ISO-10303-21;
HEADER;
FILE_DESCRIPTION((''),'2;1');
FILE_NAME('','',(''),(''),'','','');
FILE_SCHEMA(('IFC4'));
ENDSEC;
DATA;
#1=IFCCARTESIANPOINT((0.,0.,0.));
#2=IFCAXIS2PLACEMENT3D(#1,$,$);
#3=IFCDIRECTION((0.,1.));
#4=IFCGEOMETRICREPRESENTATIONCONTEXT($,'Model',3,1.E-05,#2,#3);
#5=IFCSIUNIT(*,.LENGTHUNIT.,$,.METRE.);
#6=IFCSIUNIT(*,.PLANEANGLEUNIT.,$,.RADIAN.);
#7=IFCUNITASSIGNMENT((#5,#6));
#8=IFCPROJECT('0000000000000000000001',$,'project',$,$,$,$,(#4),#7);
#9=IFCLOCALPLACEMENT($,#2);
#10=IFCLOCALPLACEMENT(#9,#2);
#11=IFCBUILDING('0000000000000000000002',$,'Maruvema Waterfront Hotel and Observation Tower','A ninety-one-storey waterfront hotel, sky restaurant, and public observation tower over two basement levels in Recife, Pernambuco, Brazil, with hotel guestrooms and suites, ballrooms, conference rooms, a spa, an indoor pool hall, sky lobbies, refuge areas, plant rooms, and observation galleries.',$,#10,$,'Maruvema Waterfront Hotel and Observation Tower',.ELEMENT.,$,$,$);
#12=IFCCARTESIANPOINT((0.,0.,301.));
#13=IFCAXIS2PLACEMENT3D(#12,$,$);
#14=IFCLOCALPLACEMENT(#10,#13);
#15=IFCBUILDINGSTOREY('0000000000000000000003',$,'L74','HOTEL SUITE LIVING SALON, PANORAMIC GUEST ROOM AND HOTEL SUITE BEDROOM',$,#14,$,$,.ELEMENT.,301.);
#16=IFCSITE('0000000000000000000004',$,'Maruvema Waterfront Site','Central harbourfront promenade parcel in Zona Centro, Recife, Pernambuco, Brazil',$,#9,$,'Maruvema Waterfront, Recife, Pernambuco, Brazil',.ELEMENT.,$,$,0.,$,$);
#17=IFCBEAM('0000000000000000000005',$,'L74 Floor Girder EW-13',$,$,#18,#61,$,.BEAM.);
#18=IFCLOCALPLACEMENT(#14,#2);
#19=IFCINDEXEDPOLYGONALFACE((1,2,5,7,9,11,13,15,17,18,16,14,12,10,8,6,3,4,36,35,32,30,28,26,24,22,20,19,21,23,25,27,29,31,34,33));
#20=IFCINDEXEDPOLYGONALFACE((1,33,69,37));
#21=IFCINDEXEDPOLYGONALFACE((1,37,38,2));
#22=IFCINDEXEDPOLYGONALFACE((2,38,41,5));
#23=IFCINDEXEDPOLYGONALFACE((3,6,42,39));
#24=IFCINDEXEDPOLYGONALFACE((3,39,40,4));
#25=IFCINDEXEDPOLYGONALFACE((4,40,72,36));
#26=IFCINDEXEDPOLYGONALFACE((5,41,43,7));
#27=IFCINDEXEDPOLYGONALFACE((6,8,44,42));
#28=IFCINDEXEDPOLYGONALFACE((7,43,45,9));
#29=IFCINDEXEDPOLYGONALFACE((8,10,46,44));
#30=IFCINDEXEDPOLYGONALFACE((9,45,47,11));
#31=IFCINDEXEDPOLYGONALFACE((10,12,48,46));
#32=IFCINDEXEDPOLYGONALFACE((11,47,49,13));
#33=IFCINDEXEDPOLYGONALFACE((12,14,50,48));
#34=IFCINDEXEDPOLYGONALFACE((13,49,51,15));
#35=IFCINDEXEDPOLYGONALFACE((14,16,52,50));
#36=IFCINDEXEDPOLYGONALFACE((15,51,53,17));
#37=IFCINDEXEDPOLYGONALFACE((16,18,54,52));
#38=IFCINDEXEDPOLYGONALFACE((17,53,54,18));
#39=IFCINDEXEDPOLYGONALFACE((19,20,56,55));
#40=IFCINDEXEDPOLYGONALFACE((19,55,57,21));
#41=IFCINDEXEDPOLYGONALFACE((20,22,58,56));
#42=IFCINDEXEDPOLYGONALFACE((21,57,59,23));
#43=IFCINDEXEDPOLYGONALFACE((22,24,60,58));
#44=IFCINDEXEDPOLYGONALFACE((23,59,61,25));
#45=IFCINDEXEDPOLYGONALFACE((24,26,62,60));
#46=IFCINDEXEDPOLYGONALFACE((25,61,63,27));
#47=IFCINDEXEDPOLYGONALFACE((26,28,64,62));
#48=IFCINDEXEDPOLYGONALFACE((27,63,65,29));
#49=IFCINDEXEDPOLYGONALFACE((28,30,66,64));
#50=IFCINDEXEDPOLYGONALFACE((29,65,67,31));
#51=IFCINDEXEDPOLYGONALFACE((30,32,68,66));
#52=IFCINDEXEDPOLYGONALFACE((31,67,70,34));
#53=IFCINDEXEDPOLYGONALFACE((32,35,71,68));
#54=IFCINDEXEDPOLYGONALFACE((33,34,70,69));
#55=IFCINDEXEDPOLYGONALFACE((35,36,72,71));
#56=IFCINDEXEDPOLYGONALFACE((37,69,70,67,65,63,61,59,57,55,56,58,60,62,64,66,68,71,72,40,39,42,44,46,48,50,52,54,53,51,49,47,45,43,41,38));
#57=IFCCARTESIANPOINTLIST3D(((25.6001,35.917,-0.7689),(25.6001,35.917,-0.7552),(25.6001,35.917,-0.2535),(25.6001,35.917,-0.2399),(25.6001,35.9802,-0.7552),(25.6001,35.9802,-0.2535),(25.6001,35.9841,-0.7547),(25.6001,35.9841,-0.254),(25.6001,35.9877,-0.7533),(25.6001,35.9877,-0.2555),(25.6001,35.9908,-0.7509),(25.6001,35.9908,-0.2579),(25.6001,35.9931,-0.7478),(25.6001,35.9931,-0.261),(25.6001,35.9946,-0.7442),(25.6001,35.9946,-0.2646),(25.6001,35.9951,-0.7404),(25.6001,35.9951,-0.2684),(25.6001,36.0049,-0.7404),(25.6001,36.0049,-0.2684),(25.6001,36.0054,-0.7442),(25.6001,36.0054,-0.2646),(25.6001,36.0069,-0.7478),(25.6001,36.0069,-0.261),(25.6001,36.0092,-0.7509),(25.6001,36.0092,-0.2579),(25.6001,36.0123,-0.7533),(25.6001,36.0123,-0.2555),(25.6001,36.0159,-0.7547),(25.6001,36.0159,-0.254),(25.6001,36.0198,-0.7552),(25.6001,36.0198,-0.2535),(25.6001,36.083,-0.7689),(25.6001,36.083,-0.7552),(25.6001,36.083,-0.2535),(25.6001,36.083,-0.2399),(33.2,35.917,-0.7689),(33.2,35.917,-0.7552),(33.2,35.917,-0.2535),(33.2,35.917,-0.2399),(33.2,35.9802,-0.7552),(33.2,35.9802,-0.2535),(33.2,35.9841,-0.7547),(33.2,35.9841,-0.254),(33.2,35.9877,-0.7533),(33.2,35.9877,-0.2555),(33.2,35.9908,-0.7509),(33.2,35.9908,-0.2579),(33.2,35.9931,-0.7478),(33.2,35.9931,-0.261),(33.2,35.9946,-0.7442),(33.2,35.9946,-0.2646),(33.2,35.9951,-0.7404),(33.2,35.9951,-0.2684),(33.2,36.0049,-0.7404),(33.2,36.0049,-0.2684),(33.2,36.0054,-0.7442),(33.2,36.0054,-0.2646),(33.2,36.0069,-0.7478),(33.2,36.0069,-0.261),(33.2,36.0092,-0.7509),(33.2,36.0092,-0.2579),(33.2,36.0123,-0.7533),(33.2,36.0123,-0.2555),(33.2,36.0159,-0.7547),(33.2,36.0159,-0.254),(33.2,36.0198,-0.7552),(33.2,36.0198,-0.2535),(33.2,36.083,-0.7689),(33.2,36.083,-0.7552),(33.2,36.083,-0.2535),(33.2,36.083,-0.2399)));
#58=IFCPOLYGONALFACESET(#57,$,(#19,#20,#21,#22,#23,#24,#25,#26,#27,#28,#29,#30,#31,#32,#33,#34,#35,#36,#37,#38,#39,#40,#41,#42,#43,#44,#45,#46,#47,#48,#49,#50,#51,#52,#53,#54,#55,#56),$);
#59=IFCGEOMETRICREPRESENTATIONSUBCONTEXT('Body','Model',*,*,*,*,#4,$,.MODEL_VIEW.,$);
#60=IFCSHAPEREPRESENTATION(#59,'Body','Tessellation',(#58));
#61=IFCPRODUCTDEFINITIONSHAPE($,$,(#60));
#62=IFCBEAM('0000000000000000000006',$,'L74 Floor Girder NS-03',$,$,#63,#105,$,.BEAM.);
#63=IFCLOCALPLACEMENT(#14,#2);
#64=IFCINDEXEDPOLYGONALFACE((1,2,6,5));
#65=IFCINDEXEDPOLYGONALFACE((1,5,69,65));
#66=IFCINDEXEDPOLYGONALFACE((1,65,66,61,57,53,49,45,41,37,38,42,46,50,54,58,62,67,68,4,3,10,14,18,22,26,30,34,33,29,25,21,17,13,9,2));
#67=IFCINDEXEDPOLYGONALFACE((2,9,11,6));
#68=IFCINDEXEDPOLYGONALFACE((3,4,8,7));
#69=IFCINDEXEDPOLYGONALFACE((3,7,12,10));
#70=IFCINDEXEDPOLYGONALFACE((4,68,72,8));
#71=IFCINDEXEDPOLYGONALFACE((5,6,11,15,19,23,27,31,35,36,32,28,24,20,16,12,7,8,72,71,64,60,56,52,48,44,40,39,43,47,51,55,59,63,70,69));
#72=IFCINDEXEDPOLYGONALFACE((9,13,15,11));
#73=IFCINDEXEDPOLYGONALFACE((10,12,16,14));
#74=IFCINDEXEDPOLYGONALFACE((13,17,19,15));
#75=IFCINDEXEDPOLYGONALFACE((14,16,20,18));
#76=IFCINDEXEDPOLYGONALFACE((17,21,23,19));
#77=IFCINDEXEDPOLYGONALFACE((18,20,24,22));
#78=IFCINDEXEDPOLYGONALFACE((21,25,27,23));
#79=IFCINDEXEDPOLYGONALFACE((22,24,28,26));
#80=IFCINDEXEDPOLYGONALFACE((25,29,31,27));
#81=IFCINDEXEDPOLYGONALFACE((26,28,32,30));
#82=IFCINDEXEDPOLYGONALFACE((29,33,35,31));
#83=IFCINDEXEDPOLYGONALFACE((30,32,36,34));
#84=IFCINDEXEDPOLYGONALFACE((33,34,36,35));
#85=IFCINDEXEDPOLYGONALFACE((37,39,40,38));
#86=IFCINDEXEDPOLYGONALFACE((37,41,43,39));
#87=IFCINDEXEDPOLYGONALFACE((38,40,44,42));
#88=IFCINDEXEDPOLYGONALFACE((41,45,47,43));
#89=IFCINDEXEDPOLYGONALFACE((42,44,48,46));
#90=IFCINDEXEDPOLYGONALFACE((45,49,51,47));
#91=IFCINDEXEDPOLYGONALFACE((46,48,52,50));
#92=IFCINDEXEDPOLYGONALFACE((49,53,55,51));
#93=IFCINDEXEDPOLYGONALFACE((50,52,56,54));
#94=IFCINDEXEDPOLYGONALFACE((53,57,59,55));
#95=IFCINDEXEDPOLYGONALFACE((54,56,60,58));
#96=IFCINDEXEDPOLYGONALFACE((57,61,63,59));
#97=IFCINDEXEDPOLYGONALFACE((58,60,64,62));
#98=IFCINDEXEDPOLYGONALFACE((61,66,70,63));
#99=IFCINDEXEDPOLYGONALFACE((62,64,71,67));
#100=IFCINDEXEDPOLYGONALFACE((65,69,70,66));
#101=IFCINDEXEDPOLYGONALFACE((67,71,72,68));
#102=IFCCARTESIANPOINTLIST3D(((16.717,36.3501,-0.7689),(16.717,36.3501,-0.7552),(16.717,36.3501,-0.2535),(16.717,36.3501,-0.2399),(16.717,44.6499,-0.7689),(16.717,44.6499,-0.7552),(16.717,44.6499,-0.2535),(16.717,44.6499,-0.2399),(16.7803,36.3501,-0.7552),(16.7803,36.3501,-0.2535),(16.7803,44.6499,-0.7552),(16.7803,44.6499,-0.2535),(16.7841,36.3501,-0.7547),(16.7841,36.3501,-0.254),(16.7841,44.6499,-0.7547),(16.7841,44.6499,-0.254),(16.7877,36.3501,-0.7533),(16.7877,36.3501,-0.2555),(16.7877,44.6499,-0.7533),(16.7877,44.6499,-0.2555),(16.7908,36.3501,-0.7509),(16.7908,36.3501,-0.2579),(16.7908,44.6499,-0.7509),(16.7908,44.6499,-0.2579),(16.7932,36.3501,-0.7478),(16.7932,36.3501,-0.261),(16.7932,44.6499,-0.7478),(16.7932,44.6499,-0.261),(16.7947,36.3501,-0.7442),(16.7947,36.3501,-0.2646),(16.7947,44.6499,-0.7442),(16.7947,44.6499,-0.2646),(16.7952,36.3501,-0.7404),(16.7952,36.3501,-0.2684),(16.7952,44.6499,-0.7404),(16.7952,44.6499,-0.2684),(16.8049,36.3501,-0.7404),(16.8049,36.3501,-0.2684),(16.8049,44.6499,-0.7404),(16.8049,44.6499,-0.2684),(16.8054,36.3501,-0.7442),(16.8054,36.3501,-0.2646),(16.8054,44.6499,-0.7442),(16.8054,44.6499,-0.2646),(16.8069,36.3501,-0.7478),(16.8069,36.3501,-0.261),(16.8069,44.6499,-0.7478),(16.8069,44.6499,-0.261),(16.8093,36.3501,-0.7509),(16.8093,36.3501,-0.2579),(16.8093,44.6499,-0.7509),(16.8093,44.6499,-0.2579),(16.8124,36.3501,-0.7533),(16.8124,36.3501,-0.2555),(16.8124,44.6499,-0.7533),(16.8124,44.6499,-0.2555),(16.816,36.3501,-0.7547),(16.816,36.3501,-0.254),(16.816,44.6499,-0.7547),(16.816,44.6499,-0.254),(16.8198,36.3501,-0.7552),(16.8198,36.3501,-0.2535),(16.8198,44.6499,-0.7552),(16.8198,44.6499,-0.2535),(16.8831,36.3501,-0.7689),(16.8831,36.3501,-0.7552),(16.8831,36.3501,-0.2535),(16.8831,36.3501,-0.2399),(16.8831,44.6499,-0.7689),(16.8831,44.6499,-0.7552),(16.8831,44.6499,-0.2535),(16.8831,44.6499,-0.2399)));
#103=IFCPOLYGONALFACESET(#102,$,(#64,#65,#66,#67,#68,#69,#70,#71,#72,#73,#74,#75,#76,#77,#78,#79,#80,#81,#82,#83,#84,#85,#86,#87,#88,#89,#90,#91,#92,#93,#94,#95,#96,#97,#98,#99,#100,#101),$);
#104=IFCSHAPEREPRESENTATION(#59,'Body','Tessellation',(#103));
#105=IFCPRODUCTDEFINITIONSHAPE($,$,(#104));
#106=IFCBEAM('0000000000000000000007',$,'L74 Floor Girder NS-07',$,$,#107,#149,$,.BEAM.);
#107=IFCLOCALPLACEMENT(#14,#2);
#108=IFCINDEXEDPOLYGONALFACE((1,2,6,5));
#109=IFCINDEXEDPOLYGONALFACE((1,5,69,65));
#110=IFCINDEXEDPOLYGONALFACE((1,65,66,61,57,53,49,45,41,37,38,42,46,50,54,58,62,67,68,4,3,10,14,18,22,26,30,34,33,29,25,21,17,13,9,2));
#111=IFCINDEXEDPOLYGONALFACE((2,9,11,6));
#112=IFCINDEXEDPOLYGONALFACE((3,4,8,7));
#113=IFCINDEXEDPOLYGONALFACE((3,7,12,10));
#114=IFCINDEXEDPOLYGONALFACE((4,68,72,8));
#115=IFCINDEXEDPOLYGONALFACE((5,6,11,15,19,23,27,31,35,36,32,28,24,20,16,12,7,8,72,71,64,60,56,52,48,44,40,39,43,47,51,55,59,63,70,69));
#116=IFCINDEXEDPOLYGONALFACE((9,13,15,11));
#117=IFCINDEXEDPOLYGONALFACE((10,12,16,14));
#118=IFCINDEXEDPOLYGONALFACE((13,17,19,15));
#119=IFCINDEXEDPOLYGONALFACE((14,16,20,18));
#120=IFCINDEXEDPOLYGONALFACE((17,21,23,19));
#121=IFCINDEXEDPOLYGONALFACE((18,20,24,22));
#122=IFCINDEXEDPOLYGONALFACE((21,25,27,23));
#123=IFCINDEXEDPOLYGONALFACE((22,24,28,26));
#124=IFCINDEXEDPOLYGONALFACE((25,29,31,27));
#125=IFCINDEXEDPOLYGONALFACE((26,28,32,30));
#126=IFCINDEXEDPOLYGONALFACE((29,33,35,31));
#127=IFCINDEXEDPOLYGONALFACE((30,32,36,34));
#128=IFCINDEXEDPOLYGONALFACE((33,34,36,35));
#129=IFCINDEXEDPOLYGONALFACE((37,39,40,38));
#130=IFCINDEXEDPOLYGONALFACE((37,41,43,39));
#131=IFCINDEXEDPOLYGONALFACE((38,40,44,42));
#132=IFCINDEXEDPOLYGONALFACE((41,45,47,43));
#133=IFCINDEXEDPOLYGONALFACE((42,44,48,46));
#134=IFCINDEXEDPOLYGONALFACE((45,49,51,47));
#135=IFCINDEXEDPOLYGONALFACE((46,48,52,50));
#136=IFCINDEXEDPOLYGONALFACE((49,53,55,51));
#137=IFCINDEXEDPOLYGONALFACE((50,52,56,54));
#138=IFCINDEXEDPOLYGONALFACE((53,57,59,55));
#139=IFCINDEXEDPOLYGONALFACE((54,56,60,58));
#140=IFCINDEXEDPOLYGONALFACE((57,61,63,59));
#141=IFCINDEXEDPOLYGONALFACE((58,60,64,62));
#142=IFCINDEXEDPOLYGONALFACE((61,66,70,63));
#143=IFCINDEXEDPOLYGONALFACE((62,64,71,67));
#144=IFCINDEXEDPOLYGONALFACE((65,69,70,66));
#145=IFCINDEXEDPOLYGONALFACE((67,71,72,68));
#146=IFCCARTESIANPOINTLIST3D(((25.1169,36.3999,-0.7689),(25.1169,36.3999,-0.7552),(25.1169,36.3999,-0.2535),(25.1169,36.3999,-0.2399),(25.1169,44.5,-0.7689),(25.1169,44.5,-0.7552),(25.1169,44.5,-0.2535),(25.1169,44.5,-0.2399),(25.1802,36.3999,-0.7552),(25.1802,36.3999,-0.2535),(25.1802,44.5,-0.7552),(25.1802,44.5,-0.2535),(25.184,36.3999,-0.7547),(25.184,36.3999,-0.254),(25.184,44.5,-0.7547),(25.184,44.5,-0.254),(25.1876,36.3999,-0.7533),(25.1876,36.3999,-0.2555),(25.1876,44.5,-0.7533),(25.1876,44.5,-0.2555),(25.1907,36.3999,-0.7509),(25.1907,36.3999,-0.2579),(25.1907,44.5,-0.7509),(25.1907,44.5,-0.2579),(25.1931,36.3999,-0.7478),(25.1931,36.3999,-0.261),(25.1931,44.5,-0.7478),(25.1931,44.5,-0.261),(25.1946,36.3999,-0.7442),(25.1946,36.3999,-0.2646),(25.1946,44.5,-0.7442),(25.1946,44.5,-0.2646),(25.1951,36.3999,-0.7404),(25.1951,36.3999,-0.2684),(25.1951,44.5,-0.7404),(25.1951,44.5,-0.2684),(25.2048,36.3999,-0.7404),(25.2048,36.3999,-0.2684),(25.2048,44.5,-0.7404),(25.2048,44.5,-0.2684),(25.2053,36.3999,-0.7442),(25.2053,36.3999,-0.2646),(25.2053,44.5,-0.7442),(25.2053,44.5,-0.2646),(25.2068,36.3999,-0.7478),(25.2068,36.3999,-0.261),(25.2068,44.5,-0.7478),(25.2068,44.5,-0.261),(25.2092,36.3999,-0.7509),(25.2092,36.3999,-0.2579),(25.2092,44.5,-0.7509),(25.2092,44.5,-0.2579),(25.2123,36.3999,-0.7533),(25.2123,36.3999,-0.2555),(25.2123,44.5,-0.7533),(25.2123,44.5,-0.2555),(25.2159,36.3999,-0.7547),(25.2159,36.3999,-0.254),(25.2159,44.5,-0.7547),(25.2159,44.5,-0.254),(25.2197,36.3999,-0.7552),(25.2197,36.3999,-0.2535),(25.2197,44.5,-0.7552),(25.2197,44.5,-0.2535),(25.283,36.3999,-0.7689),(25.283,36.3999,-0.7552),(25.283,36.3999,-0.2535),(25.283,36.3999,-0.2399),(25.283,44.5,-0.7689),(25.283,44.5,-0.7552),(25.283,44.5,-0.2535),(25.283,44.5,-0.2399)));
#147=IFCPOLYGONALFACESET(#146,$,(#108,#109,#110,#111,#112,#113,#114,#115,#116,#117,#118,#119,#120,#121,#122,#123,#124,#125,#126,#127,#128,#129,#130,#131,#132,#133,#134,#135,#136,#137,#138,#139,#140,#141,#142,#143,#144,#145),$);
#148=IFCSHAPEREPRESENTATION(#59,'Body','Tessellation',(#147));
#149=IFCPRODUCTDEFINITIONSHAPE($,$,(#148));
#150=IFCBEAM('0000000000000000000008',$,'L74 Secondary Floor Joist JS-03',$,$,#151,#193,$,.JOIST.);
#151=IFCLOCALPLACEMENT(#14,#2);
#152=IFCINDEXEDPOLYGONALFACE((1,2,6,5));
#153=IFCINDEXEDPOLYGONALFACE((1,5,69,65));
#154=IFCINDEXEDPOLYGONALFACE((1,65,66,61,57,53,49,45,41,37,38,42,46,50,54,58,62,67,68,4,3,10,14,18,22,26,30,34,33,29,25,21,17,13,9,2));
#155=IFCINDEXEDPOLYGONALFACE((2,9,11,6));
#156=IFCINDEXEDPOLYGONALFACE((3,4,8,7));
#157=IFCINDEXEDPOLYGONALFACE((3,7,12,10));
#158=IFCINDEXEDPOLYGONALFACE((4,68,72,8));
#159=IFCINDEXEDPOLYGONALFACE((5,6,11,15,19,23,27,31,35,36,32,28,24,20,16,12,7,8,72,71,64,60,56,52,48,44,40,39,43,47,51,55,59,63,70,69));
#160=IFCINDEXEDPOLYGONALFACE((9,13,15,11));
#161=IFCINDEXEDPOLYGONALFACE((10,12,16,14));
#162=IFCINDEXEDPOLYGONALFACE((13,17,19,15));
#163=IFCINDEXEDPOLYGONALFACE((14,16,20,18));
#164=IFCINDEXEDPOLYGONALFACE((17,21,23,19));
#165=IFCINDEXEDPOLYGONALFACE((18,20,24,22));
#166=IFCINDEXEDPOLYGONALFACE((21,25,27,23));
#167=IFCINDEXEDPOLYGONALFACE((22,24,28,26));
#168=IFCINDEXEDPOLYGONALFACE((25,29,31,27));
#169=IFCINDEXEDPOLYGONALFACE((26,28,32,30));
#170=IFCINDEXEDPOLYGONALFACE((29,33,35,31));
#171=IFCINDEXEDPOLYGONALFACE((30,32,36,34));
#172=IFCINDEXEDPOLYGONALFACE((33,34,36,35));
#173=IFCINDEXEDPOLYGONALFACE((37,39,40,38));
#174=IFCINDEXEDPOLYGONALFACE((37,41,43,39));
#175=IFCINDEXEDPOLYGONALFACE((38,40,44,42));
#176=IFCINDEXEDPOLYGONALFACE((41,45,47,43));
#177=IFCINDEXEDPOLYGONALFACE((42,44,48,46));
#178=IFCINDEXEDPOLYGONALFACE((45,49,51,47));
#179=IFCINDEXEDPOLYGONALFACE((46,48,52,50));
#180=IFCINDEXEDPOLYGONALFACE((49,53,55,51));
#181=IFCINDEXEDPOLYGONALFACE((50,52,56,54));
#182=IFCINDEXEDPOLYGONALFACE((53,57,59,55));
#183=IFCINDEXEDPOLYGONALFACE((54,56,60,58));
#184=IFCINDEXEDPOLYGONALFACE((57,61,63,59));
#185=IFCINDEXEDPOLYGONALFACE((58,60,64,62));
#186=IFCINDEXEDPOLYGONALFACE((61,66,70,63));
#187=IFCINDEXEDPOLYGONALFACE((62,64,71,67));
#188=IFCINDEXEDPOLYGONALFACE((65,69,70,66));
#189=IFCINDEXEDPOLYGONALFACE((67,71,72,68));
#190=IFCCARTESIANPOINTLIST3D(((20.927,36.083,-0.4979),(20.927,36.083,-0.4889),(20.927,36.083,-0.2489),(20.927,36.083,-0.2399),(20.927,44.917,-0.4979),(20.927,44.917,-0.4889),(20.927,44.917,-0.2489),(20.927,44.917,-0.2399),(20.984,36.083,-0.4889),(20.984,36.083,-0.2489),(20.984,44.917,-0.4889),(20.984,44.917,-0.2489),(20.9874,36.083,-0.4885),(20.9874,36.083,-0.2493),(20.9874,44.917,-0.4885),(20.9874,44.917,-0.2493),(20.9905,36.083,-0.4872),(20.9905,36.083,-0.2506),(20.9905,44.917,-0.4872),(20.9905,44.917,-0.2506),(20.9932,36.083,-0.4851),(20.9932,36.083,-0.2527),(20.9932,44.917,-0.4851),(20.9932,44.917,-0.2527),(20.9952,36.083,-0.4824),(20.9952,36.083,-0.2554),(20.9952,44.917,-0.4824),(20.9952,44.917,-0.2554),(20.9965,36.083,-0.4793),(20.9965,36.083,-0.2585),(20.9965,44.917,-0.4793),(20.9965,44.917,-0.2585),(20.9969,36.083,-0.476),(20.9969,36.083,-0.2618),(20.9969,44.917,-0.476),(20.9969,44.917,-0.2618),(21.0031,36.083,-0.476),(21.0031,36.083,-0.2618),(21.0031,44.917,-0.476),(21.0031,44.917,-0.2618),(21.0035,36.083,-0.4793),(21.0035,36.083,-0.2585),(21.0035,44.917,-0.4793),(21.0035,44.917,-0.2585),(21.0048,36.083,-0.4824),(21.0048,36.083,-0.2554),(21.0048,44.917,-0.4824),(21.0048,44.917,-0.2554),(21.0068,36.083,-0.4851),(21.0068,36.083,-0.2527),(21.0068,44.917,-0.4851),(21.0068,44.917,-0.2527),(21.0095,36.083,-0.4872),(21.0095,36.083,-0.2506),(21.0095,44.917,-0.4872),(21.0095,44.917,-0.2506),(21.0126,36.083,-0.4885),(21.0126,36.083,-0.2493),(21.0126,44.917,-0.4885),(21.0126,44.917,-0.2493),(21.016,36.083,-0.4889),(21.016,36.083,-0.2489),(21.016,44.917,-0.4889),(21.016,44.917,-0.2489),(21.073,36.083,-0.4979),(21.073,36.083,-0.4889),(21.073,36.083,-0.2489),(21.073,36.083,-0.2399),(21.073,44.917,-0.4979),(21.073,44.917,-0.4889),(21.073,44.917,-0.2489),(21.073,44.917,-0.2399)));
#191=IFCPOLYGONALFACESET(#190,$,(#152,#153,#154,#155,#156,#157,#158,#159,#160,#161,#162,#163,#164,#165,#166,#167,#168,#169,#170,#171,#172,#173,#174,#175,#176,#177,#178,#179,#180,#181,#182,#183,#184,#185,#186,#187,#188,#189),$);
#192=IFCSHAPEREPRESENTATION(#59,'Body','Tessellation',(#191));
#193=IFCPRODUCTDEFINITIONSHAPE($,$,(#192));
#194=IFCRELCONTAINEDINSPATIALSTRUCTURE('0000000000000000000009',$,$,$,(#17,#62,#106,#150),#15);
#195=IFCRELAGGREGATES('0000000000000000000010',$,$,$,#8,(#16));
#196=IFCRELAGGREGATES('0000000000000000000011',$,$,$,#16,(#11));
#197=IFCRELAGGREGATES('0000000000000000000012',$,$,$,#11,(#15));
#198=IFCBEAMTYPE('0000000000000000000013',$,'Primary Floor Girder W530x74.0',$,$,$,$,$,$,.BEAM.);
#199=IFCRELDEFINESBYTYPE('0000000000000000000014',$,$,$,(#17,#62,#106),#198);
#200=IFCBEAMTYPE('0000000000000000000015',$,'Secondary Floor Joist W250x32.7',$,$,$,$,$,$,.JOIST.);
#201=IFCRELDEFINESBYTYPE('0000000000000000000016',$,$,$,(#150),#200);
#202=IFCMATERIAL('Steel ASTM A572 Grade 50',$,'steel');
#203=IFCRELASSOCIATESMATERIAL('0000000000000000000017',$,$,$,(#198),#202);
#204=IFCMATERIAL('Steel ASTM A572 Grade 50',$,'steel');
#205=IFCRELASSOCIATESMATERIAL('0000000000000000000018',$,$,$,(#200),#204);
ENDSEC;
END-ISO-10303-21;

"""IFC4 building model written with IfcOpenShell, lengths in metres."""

from ifc_helpers import new_model, si_unit, direction, frame, origin, origin_2d, place, context, subcontext, project, spatial, i_section, extrude, material, material_profile, profile_set, type_object, element, save


model = new_model("IFC4")

# Units and contexts
model_context = context("Model", 3, precision=1e-05, world=origin(), true_north=direction((0.0, 1.0)))
body_context = subcontext(model_context, "Body", "Model", "MODEL_VIEW")
ifc_project = project(units=[si_unit("LENGTHUNIT", "METRE"), si_unit("PLANEANGLEUNIT", "RADIAN")], contexts=[model_context])

# Site, building, storey
site_placement = place(None, origin())
site = spatial("IfcSite", under=ifc_project, at=site_placement, Name="Maruvema Waterfront Site", Description="Central harbourfront promenade parcel in Zona Centro, Recife, Pernambuco, Brazil", LongName="Maruvema Waterfront, Recife, Pernambuco, Brazil", CompositionType="ELEMENT", RefElevation=0.0)
building_placement = place(site_placement, origin())
building = spatial("IfcBuilding", under=site, at=building_placement, Name="Maruvema Waterfront Hotel and Observation Tower", Description="A ninety-one-storey waterfront hotel, sky restaurant, and public observation tower over two basement levels in Recife, Pernambuco, Brazil, with hotel guestrooms and suites, ballrooms, conference rooms, a spa, an indoor pool hall, sky lobbies, refuge areas, plant rooms, and observation galleries.", LongName="Maruvema Waterfront Hotel and Observation Tower", CompositionType="ELEMENT")
storey_placement = place(building_placement, frame((0.0, 0.0, 301.0)))
storey = spatial("IfcBuildingStorey", under=building, at=storey_placement, Name="L74", Description="HOTEL SUITE LIVING SALON, PANORAMIC GUEST ROOM AND HOTEL SUITE BEDROOM", CompositionType="ELEMENT", Elevation=301.0)

# Beams
ifc_material_1 = material(Name="Steel ASTM A572 Grade 50", Category="steel")
ifc_material_profile_1 = material_profile(ifc_material_1, i_section(OverallWidth=0.166, OverallDepth=0.5291, WebThickness=0.0098, FlangeThickness=0.0137, FilletRadius=0.0149, at=origin_2d()), Name="W530x74.0")
ifc_profile_set_1 = profile_set([ifc_material_profile_1], Name="Steel ASTM A572 Grade 50")
beam_type_1 = type_object("IfcBeamType", Name="Primary Floor Girder W530x74.0", PredefinedType="BEAM", material=ifc_profile_set_1)
beam_1_placement = place(storey_placement, frame((25.6001, 36.0, -0.5044), z_axis=(1.0, 0.0, 0.0), x_axis=(0.0, 1.0, 0.0)))
element("IfcBeam", 1, at=beam_1_placement, inside=storey, type_object=beam_type_1, Name="L74 Floor Girder EW-13", PredefinedType="BEAM", context=body_context, shape_type="SweptSolid", body=[
    extrude(i_section(OverallWidth=0.166, OverallDepth=0.5291, WebThickness=0.0098, FlangeThickness=0.0137, FilletRadius=0.0149, at=origin_2d()), origin(), (0.0, 0.0, 1.0), 7.5999),
])
beam_2_placement = place(storey_placement, frame((16.8, 36.3501, -0.5044), z_axis=(0.0, 1.0, 0.0), x_axis=(-1.0, 0.0, 0.0)))
element("IfcBeam", 2, at=beam_2_placement, inside=storey, type_object=beam_type_1, Name="L74 Floor Girder NS-03", PredefinedType="BEAM", context=body_context, shape_type="SweptSolid", body=[
    extrude(i_section(OverallWidth=0.166, OverallDepth=0.5291, WebThickness=0.0098, FlangeThickness=0.0137, FilletRadius=0.0149, at=origin_2d()), origin(), (0.0, 0.0, 1.0), 8.2998),
])
beam_3_placement = place(storey_placement, frame((25.2, 36.3999, -0.5044), z_axis=(0.0, 1.0, 0.0), x_axis=(-1.0, 0.0, 0.0)))
element("IfcBeam", 3, at=beam_3_placement, inside=storey, type_object=beam_type_1, Name="L74 Floor Girder NS-07", PredefinedType="BEAM", context=body_context, shape_type="SweptSolid", body=[
    extrude(i_section(OverallWidth=0.166, OverallDepth=0.5291, WebThickness=0.0098, FlangeThickness=0.0137, FilletRadius=0.0149, at=origin_2d()), origin(), (0.0, 0.0, 1.0), 8.1001),
])
ifc_material_2 = material(Name="Steel ASTM A572 Grade 50", Category="steel")
ifc_material_profile_2 = material_profile(ifc_material_2, i_section(OverallWidth=0.146, OverallDepth=0.2581, WebThickness=0.0061, FlangeThickness=0.009, FilletRadius=0.0129, at=origin_2d()), Name="W250x32.7")
ifc_profile_set_2 = profile_set([ifc_material_profile_2], Name="Steel ASTM A572 Grade 50")
beam_type_2 = type_object("IfcBeamType", Name="Secondary Floor Joist W250x32.7", PredefinedType="JOIST", material=ifc_profile_set_2)
beam_4_placement = place(storey_placement, frame((21.0, 36.083, -0.3689), z_axis=(0.0, 1.0, 0.0), x_axis=(-1.0, 0.0, 0.0)))
element("IfcBeam", 4, at=beam_4_placement, inside=storey, type_object=beam_type_2, Name="L74 Secondary Floor Joist JS-03", PredefinedType="JOIST", context=body_context, shape_type="SweptSolid", body=[
    extrude(i_section(OverallWidth=0.146, OverallDepth=0.2581, WebThickness=0.0061, FlangeThickness=0.009, FilletRadius=0.0129, at=origin_2d()), origin(), (0.0, 0.0, 1.0), 8.834),
])

save(model, "model.ifc")
